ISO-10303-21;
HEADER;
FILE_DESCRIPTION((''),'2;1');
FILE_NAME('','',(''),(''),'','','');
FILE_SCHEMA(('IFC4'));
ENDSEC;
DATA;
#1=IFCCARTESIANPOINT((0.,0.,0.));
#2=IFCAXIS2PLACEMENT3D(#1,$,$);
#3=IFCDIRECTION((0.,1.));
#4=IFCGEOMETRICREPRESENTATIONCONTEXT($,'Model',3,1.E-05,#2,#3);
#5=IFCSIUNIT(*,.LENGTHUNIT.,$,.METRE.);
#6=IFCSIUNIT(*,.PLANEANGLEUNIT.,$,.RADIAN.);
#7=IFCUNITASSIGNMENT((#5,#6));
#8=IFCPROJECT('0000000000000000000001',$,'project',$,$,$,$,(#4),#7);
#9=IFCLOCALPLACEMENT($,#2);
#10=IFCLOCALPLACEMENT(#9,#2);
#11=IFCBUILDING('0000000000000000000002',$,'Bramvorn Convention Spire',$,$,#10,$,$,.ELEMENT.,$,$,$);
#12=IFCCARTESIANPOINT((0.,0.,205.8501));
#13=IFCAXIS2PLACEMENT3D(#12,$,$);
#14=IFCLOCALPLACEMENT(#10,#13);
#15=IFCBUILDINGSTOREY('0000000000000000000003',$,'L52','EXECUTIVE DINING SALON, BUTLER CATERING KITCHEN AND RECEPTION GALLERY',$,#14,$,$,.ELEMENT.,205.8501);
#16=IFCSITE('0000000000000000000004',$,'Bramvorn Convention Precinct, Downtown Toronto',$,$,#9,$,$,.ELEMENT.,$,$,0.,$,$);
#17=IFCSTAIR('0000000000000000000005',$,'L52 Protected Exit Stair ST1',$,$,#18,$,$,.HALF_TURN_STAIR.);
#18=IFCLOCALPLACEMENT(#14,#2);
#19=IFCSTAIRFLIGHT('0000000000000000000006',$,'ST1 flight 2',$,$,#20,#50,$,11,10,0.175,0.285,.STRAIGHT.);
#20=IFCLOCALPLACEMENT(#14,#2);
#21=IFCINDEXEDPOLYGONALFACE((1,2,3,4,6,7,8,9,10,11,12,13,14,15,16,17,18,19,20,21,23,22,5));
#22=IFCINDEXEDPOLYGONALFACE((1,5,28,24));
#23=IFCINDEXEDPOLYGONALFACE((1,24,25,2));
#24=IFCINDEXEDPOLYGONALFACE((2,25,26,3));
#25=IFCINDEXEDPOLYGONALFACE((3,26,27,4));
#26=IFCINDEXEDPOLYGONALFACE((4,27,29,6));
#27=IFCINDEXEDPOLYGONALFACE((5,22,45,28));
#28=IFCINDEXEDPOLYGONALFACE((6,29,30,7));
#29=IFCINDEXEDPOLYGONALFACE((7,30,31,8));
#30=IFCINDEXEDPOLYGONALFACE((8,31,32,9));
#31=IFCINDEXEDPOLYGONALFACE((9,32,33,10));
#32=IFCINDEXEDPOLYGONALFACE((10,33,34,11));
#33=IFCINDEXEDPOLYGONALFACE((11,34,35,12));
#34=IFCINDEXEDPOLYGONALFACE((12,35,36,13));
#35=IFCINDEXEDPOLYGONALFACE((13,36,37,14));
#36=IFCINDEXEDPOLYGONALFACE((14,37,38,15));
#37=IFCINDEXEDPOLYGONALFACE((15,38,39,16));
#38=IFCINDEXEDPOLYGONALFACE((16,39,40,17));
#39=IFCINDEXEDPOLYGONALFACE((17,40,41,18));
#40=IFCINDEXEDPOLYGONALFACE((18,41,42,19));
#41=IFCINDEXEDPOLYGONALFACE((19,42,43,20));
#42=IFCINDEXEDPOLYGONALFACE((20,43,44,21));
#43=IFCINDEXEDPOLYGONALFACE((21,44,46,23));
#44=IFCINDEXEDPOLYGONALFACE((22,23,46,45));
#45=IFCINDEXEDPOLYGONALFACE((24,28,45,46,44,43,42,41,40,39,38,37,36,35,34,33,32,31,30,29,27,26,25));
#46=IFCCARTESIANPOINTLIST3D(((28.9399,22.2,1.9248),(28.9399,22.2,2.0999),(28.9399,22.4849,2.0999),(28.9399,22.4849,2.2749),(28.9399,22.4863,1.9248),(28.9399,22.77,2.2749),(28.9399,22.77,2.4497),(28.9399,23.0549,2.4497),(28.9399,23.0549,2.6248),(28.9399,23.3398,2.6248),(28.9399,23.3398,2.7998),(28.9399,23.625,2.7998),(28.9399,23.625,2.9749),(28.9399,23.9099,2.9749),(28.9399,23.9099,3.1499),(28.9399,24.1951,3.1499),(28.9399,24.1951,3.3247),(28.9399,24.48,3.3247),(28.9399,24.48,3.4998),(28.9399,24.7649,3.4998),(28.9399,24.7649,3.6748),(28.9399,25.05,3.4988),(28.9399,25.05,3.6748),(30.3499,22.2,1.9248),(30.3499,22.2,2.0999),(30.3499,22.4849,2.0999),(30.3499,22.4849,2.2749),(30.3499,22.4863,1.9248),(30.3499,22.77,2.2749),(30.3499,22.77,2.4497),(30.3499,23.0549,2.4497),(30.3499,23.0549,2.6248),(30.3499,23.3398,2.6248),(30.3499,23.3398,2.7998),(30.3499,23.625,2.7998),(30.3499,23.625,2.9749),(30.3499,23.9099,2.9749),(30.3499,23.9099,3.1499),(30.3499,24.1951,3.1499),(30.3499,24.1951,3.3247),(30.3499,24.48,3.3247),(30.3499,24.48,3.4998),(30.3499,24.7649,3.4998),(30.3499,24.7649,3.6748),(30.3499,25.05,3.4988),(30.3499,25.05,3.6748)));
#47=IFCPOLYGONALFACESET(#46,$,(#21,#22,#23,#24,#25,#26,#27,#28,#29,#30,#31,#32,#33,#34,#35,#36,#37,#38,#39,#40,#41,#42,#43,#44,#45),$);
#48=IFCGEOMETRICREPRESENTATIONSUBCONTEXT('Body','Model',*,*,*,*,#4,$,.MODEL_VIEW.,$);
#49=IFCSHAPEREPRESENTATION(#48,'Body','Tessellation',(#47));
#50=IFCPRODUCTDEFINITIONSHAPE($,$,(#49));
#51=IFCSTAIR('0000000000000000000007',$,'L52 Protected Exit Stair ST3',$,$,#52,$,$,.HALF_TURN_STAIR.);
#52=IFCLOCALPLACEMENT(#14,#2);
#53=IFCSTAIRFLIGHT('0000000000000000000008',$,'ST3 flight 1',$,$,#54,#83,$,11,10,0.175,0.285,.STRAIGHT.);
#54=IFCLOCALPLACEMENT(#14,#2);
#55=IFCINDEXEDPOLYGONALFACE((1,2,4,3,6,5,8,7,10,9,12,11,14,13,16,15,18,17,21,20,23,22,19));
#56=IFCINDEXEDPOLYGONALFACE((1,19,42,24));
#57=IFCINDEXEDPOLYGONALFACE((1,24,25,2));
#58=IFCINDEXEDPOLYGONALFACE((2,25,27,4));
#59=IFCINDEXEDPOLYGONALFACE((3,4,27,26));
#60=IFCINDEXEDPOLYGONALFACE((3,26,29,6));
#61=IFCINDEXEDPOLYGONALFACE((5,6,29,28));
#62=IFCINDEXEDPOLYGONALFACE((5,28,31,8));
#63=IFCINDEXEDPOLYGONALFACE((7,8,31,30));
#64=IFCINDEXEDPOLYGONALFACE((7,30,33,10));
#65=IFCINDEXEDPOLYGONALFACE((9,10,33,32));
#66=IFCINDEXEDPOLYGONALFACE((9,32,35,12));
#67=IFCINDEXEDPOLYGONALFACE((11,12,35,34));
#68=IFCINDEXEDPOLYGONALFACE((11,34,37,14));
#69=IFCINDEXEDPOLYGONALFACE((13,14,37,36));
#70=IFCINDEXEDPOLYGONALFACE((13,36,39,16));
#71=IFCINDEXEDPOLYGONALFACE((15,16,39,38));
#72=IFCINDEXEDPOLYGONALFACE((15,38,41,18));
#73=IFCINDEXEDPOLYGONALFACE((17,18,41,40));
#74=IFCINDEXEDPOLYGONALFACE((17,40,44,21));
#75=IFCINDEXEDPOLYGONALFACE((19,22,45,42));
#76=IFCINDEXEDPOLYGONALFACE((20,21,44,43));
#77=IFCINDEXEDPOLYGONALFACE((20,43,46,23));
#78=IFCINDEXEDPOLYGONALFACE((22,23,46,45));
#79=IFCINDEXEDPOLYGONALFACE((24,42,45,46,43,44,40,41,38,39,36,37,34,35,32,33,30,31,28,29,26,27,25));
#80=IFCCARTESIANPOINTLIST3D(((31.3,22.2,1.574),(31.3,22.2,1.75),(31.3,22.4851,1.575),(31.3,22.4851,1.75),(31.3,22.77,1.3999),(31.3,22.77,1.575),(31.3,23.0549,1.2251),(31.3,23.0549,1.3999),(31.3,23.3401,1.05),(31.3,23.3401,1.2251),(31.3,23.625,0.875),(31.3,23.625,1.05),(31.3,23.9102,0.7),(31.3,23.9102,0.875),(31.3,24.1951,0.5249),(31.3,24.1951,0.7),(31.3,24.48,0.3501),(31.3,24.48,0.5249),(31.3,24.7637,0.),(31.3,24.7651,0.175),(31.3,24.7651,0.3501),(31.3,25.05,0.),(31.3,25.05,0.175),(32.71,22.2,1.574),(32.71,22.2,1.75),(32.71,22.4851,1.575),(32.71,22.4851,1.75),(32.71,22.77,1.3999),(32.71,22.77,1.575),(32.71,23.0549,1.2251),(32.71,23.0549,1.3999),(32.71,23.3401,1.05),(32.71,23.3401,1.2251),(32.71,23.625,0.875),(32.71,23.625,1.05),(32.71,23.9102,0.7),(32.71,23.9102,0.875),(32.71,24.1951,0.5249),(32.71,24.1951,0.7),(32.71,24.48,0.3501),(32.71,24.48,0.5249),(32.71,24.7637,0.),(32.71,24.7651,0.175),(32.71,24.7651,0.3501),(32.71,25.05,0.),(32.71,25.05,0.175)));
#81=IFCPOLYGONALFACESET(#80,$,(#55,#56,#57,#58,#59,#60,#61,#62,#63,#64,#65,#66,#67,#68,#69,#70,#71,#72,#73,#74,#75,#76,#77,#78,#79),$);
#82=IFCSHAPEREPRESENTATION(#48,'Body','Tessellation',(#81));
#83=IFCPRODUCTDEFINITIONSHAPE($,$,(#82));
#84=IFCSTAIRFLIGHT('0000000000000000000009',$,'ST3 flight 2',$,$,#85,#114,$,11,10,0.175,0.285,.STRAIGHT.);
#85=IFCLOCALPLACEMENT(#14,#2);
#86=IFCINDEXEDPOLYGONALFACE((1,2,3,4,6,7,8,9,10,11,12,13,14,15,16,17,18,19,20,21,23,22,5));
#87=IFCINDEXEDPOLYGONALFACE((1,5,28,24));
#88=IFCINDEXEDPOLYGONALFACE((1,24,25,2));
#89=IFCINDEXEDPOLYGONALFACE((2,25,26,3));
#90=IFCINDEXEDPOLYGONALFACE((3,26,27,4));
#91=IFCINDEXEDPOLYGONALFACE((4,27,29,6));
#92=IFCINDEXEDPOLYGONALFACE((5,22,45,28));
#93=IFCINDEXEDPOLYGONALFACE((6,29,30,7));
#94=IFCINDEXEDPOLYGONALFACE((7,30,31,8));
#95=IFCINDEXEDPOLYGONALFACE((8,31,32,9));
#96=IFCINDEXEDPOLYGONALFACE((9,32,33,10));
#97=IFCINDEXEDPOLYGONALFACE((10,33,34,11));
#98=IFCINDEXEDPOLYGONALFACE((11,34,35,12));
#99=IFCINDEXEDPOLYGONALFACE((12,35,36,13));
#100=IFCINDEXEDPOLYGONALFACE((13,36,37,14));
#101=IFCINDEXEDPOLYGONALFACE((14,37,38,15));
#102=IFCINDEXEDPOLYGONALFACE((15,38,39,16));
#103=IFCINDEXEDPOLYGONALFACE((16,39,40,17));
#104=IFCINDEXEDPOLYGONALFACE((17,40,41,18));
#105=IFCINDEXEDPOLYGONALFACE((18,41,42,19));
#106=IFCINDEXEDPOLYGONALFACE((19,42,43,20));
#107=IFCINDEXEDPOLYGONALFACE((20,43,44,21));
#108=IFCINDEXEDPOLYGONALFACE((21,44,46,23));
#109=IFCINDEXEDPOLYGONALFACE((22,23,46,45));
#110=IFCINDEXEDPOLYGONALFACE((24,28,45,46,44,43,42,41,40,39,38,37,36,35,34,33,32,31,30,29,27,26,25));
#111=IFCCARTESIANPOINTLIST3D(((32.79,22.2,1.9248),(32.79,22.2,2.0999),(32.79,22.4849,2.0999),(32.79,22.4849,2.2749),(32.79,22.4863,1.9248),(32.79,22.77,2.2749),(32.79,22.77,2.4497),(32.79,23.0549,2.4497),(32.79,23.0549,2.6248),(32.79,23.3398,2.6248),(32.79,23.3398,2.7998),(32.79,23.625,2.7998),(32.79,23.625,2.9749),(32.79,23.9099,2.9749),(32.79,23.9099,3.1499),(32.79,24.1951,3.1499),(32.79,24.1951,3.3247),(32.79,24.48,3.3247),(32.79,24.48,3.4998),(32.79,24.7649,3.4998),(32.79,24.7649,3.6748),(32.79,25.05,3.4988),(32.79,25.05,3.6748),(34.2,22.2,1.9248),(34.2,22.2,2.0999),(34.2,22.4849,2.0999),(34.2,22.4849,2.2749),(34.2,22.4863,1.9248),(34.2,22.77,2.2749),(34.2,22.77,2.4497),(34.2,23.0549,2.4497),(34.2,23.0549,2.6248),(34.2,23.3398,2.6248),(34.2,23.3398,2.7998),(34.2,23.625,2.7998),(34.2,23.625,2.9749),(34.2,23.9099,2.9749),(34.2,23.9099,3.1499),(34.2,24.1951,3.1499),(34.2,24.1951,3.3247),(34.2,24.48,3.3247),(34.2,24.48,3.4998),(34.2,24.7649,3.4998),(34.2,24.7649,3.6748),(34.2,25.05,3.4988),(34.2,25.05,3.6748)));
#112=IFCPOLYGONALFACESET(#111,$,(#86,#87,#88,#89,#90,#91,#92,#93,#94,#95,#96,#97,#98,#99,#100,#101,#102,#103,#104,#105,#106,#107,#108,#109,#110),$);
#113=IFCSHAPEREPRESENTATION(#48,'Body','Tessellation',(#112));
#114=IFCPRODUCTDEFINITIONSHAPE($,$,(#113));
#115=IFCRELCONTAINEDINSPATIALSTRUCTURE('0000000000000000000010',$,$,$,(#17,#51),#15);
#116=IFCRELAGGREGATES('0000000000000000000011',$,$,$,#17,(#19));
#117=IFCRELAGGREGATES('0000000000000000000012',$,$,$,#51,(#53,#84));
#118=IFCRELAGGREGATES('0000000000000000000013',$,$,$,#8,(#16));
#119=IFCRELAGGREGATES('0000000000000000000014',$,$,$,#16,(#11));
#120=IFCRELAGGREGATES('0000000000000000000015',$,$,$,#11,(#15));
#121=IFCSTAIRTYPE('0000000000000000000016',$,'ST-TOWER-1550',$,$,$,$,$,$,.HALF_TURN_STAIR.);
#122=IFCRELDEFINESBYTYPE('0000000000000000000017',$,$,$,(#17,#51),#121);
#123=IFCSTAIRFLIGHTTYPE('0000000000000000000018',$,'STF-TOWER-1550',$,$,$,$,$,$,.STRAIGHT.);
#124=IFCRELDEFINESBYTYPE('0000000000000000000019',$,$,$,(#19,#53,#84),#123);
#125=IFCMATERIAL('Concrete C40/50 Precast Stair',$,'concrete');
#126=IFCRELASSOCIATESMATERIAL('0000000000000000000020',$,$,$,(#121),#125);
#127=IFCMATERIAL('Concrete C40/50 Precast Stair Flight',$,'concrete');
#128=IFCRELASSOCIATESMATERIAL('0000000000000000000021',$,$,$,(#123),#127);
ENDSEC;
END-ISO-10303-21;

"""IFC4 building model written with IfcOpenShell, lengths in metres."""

from ifc_helpers import new_model, si_unit, direction, frame, origin, place, context, subcontext, project, spatial, polyline, outline, extrude, material, type_object, element, aggregate, save


model = new_model("IFC4")

# Units and contexts
model_context = context("Model", 3, precision=1e-05, world=origin(), true_north=direction((0.0, 1.0)))
body_context = subcontext(model_context, "Body", "Model", "MODEL_VIEW")
ifc_project = project(units=[si_unit("LENGTHUNIT", "METRE"), si_unit("PLANEANGLEUNIT", "RADIAN")], contexts=[model_context])

# Site, building, storey
site_placement = place(None, origin())
site = spatial("IfcSite", under=ifc_project, at=site_placement, Name="Bramvorn Convention Precinct, Downtown Toronto", CompositionType="ELEMENT", RefElevation=0.0)
building_placement = place(site_placement, origin())
building = spatial("IfcBuilding", under=site, at=building_placement, Name="Bramvorn Convention Spire", CompositionType="ELEMENT")
storey_placement = place(building_placement, frame((0.0, 0.0, 205.8501)))
storey = spatial("IfcBuildingStorey", under=building, at=storey_placement, Name="L52", Description="EXECUTIVE DINING SALON, BUTLER CATERING KITCHEN AND RECEPTION GALLERY", CompositionType="ELEMENT", Elevation=205.8501)

# Stairs, stair flights
ifc_material_1 = material(Name="Concrete C40/50 Precast Stair", Category="concrete")
stair_type = type_object("IfcStairType", Name="ST-TOWER-1550", PredefinedType="HALF_TURN_STAIR", material=ifc_material_1)
stair_1_placement = place(storey_placement, origin())
stair_1 = element("IfcStair", 1, at=stair_1_placement, inside=storey, type_object=stair_type, Name="L52 Protected Exit Stair ST1", PredefinedType="HALF_TURN_STAIR")
ifc_material_2 = material(Name="Concrete C40/50 Precast Stair Flight", Category="concrete")
stair_flight_type = type_object("IfcStairFlightType", Name="STF-TOWER-1550", PredefinedType="STRAIGHT", material=ifc_material_2)
stair_flight_1_placement = place(storey_placement, frame((29.645, 22.2, 1.9248), z_axis=(0.0, 0.0, 1.0), x_axis=(0.0, 1.0, 0.0)))
stair_flight_1 = element("IfcStairFlight", 2, at=stair_flight_1_placement, type_object=stair_flight_type, Name="ST1 flight 2", NumberOfRisers=11, NumberOfTreads=10, PredefinedType="STRAIGHT", RiserHeight=0.175, TreadLength=0.285, context=body_context, shape_type="SweptSolid", body=[
    extrude(outline(polyline([(0.0, 0.0), (0.0, 0.175), (0.2849, 0.175), (0.2849, 0.3501), (0.5701, 0.3501), (0.5701, 0.5249), (0.855, 0.5249), (0.855, 0.7), (1.1399, 0.7), (1.1399, 0.875), (1.425, 0.875), (1.425, 1.05), (1.71, 1.05), (1.71, 1.2251), (1.9951, 1.2251), (1.9951, 1.3999), (2.28, 1.3999), (2.28, 1.575), (2.5649, 1.575), (2.5649, 1.75), (2.8501, 1.75), (2.8501, 1.925), (2.8501, 1.574), (0.2864, 0.0), (0.0, 0.0)])), frame((0.0, 0.7051, 0.0), z_axis=(0.0, -1.0, 0.0), x_axis=(1.0, 0.0, 0.0)), (0.0, 0.0, 1.0), 1.4099),
])
aggregate(stair_1, [stair_flight_1])
stair_2_placement = place(storey_placement, origin())
stair_2 = element("IfcStair", 3, at=stair_2_placement, inside=storey, type_object=stair_type, Name="L52 Protected Exit Stair ST3", PredefinedType="HALF_TURN_STAIR")
stair_flight_2_placement = place(storey_placement, frame((32.0049, 25.05, 0.0), z_axis=(0.0, 0.0, 1.0), x_axis=(0.0, -1.0, 0.0)))
stair_flight_2 = element("IfcStairFlight", 4, at=stair_flight_2_placement, type_object=stair_flight_type, Name="ST3 flight 1", NumberOfRisers=11, NumberOfTreads=10, PredefinedType="STRAIGHT", RiserHeight=0.175, TreadLength=0.285, context=body_context, shape_type="SweptSolid", body=[
    extrude(outline(polyline([(0.0, 0.0), (0.0, 0.175), (0.2849, 0.175), (0.2849, 0.3501), (0.5701, 0.3501), (0.5701, 0.5249), (0.855, 0.5249), (0.855, 0.7), (1.1399, 0.7), (1.1399, 0.875), (1.425, 0.875), (1.425, 1.05), (1.71, 1.05), (1.71, 1.2251), (1.9951, 1.2251), (1.9951, 1.3999), (2.28, 1.3999), (2.28, 1.575), (2.5649, 1.575), (2.5649, 1.75), (2.8501, 1.75), (2.8501, 1.925), (2.8501, 1.574), (0.2864, 0.0), (0.0, 0.0)])), frame((0.0, 0.7051, 0.0), z_axis=(0.0, -1.0, 0.0), x_axis=(1.0, 0.0, 0.0)), (0.0, 0.0, 1.0), 1.4099),
])
stair_flight_3_placement = place(storey_placement, frame((33.4951, 22.2, 1.9248), z_axis=(0.0, 0.0, 1.0), x_axis=(0.0, 1.0, 0.0)))
stair_flight_3 = element("IfcStairFlight", 5, at=stair_flight_3_placement, type_object=stair_flight_type, Name="ST3 flight 2", NumberOfRisers=11, NumberOfTreads=10, PredefinedType="STRAIGHT", RiserHeight=0.175, TreadLength=0.285, context=body_context, shape_type="SweptSolid", body=[
    extrude(outline(polyline([(0.0, 0.0), (0.0, 0.175), (0.2849, 0.175), (0.2849, 0.3501), (0.5701, 0.3501), (0.5701, 0.5249), (0.855, 0.5249), (0.855, 0.7), (1.1399, 0.7), (1.1399, 0.875), (1.425, 0.875), (1.425, 1.05), (1.71, 1.05), (1.71, 1.2251), (1.9951, 1.2251), (1.9951, 1.3999), (2.28, 1.3999), (2.28, 1.575), (2.5649, 1.575), (2.5649, 1.75), (2.8501, 1.75), (2.8501, 1.925), (2.8501, 1.574), (0.2864, 0.0), (0.0, 0.0)])), frame((0.0, 0.7051, 0.0), z_axis=(0.0, -1.0, 0.0), x_axis=(1.0, 0.0, 0.0)), (0.0, 0.0, 1.0), 1.4099),
])
aggregate(stair_2, [stair_flight_2, stair_flight_3])

save(model, "model.ifc")
